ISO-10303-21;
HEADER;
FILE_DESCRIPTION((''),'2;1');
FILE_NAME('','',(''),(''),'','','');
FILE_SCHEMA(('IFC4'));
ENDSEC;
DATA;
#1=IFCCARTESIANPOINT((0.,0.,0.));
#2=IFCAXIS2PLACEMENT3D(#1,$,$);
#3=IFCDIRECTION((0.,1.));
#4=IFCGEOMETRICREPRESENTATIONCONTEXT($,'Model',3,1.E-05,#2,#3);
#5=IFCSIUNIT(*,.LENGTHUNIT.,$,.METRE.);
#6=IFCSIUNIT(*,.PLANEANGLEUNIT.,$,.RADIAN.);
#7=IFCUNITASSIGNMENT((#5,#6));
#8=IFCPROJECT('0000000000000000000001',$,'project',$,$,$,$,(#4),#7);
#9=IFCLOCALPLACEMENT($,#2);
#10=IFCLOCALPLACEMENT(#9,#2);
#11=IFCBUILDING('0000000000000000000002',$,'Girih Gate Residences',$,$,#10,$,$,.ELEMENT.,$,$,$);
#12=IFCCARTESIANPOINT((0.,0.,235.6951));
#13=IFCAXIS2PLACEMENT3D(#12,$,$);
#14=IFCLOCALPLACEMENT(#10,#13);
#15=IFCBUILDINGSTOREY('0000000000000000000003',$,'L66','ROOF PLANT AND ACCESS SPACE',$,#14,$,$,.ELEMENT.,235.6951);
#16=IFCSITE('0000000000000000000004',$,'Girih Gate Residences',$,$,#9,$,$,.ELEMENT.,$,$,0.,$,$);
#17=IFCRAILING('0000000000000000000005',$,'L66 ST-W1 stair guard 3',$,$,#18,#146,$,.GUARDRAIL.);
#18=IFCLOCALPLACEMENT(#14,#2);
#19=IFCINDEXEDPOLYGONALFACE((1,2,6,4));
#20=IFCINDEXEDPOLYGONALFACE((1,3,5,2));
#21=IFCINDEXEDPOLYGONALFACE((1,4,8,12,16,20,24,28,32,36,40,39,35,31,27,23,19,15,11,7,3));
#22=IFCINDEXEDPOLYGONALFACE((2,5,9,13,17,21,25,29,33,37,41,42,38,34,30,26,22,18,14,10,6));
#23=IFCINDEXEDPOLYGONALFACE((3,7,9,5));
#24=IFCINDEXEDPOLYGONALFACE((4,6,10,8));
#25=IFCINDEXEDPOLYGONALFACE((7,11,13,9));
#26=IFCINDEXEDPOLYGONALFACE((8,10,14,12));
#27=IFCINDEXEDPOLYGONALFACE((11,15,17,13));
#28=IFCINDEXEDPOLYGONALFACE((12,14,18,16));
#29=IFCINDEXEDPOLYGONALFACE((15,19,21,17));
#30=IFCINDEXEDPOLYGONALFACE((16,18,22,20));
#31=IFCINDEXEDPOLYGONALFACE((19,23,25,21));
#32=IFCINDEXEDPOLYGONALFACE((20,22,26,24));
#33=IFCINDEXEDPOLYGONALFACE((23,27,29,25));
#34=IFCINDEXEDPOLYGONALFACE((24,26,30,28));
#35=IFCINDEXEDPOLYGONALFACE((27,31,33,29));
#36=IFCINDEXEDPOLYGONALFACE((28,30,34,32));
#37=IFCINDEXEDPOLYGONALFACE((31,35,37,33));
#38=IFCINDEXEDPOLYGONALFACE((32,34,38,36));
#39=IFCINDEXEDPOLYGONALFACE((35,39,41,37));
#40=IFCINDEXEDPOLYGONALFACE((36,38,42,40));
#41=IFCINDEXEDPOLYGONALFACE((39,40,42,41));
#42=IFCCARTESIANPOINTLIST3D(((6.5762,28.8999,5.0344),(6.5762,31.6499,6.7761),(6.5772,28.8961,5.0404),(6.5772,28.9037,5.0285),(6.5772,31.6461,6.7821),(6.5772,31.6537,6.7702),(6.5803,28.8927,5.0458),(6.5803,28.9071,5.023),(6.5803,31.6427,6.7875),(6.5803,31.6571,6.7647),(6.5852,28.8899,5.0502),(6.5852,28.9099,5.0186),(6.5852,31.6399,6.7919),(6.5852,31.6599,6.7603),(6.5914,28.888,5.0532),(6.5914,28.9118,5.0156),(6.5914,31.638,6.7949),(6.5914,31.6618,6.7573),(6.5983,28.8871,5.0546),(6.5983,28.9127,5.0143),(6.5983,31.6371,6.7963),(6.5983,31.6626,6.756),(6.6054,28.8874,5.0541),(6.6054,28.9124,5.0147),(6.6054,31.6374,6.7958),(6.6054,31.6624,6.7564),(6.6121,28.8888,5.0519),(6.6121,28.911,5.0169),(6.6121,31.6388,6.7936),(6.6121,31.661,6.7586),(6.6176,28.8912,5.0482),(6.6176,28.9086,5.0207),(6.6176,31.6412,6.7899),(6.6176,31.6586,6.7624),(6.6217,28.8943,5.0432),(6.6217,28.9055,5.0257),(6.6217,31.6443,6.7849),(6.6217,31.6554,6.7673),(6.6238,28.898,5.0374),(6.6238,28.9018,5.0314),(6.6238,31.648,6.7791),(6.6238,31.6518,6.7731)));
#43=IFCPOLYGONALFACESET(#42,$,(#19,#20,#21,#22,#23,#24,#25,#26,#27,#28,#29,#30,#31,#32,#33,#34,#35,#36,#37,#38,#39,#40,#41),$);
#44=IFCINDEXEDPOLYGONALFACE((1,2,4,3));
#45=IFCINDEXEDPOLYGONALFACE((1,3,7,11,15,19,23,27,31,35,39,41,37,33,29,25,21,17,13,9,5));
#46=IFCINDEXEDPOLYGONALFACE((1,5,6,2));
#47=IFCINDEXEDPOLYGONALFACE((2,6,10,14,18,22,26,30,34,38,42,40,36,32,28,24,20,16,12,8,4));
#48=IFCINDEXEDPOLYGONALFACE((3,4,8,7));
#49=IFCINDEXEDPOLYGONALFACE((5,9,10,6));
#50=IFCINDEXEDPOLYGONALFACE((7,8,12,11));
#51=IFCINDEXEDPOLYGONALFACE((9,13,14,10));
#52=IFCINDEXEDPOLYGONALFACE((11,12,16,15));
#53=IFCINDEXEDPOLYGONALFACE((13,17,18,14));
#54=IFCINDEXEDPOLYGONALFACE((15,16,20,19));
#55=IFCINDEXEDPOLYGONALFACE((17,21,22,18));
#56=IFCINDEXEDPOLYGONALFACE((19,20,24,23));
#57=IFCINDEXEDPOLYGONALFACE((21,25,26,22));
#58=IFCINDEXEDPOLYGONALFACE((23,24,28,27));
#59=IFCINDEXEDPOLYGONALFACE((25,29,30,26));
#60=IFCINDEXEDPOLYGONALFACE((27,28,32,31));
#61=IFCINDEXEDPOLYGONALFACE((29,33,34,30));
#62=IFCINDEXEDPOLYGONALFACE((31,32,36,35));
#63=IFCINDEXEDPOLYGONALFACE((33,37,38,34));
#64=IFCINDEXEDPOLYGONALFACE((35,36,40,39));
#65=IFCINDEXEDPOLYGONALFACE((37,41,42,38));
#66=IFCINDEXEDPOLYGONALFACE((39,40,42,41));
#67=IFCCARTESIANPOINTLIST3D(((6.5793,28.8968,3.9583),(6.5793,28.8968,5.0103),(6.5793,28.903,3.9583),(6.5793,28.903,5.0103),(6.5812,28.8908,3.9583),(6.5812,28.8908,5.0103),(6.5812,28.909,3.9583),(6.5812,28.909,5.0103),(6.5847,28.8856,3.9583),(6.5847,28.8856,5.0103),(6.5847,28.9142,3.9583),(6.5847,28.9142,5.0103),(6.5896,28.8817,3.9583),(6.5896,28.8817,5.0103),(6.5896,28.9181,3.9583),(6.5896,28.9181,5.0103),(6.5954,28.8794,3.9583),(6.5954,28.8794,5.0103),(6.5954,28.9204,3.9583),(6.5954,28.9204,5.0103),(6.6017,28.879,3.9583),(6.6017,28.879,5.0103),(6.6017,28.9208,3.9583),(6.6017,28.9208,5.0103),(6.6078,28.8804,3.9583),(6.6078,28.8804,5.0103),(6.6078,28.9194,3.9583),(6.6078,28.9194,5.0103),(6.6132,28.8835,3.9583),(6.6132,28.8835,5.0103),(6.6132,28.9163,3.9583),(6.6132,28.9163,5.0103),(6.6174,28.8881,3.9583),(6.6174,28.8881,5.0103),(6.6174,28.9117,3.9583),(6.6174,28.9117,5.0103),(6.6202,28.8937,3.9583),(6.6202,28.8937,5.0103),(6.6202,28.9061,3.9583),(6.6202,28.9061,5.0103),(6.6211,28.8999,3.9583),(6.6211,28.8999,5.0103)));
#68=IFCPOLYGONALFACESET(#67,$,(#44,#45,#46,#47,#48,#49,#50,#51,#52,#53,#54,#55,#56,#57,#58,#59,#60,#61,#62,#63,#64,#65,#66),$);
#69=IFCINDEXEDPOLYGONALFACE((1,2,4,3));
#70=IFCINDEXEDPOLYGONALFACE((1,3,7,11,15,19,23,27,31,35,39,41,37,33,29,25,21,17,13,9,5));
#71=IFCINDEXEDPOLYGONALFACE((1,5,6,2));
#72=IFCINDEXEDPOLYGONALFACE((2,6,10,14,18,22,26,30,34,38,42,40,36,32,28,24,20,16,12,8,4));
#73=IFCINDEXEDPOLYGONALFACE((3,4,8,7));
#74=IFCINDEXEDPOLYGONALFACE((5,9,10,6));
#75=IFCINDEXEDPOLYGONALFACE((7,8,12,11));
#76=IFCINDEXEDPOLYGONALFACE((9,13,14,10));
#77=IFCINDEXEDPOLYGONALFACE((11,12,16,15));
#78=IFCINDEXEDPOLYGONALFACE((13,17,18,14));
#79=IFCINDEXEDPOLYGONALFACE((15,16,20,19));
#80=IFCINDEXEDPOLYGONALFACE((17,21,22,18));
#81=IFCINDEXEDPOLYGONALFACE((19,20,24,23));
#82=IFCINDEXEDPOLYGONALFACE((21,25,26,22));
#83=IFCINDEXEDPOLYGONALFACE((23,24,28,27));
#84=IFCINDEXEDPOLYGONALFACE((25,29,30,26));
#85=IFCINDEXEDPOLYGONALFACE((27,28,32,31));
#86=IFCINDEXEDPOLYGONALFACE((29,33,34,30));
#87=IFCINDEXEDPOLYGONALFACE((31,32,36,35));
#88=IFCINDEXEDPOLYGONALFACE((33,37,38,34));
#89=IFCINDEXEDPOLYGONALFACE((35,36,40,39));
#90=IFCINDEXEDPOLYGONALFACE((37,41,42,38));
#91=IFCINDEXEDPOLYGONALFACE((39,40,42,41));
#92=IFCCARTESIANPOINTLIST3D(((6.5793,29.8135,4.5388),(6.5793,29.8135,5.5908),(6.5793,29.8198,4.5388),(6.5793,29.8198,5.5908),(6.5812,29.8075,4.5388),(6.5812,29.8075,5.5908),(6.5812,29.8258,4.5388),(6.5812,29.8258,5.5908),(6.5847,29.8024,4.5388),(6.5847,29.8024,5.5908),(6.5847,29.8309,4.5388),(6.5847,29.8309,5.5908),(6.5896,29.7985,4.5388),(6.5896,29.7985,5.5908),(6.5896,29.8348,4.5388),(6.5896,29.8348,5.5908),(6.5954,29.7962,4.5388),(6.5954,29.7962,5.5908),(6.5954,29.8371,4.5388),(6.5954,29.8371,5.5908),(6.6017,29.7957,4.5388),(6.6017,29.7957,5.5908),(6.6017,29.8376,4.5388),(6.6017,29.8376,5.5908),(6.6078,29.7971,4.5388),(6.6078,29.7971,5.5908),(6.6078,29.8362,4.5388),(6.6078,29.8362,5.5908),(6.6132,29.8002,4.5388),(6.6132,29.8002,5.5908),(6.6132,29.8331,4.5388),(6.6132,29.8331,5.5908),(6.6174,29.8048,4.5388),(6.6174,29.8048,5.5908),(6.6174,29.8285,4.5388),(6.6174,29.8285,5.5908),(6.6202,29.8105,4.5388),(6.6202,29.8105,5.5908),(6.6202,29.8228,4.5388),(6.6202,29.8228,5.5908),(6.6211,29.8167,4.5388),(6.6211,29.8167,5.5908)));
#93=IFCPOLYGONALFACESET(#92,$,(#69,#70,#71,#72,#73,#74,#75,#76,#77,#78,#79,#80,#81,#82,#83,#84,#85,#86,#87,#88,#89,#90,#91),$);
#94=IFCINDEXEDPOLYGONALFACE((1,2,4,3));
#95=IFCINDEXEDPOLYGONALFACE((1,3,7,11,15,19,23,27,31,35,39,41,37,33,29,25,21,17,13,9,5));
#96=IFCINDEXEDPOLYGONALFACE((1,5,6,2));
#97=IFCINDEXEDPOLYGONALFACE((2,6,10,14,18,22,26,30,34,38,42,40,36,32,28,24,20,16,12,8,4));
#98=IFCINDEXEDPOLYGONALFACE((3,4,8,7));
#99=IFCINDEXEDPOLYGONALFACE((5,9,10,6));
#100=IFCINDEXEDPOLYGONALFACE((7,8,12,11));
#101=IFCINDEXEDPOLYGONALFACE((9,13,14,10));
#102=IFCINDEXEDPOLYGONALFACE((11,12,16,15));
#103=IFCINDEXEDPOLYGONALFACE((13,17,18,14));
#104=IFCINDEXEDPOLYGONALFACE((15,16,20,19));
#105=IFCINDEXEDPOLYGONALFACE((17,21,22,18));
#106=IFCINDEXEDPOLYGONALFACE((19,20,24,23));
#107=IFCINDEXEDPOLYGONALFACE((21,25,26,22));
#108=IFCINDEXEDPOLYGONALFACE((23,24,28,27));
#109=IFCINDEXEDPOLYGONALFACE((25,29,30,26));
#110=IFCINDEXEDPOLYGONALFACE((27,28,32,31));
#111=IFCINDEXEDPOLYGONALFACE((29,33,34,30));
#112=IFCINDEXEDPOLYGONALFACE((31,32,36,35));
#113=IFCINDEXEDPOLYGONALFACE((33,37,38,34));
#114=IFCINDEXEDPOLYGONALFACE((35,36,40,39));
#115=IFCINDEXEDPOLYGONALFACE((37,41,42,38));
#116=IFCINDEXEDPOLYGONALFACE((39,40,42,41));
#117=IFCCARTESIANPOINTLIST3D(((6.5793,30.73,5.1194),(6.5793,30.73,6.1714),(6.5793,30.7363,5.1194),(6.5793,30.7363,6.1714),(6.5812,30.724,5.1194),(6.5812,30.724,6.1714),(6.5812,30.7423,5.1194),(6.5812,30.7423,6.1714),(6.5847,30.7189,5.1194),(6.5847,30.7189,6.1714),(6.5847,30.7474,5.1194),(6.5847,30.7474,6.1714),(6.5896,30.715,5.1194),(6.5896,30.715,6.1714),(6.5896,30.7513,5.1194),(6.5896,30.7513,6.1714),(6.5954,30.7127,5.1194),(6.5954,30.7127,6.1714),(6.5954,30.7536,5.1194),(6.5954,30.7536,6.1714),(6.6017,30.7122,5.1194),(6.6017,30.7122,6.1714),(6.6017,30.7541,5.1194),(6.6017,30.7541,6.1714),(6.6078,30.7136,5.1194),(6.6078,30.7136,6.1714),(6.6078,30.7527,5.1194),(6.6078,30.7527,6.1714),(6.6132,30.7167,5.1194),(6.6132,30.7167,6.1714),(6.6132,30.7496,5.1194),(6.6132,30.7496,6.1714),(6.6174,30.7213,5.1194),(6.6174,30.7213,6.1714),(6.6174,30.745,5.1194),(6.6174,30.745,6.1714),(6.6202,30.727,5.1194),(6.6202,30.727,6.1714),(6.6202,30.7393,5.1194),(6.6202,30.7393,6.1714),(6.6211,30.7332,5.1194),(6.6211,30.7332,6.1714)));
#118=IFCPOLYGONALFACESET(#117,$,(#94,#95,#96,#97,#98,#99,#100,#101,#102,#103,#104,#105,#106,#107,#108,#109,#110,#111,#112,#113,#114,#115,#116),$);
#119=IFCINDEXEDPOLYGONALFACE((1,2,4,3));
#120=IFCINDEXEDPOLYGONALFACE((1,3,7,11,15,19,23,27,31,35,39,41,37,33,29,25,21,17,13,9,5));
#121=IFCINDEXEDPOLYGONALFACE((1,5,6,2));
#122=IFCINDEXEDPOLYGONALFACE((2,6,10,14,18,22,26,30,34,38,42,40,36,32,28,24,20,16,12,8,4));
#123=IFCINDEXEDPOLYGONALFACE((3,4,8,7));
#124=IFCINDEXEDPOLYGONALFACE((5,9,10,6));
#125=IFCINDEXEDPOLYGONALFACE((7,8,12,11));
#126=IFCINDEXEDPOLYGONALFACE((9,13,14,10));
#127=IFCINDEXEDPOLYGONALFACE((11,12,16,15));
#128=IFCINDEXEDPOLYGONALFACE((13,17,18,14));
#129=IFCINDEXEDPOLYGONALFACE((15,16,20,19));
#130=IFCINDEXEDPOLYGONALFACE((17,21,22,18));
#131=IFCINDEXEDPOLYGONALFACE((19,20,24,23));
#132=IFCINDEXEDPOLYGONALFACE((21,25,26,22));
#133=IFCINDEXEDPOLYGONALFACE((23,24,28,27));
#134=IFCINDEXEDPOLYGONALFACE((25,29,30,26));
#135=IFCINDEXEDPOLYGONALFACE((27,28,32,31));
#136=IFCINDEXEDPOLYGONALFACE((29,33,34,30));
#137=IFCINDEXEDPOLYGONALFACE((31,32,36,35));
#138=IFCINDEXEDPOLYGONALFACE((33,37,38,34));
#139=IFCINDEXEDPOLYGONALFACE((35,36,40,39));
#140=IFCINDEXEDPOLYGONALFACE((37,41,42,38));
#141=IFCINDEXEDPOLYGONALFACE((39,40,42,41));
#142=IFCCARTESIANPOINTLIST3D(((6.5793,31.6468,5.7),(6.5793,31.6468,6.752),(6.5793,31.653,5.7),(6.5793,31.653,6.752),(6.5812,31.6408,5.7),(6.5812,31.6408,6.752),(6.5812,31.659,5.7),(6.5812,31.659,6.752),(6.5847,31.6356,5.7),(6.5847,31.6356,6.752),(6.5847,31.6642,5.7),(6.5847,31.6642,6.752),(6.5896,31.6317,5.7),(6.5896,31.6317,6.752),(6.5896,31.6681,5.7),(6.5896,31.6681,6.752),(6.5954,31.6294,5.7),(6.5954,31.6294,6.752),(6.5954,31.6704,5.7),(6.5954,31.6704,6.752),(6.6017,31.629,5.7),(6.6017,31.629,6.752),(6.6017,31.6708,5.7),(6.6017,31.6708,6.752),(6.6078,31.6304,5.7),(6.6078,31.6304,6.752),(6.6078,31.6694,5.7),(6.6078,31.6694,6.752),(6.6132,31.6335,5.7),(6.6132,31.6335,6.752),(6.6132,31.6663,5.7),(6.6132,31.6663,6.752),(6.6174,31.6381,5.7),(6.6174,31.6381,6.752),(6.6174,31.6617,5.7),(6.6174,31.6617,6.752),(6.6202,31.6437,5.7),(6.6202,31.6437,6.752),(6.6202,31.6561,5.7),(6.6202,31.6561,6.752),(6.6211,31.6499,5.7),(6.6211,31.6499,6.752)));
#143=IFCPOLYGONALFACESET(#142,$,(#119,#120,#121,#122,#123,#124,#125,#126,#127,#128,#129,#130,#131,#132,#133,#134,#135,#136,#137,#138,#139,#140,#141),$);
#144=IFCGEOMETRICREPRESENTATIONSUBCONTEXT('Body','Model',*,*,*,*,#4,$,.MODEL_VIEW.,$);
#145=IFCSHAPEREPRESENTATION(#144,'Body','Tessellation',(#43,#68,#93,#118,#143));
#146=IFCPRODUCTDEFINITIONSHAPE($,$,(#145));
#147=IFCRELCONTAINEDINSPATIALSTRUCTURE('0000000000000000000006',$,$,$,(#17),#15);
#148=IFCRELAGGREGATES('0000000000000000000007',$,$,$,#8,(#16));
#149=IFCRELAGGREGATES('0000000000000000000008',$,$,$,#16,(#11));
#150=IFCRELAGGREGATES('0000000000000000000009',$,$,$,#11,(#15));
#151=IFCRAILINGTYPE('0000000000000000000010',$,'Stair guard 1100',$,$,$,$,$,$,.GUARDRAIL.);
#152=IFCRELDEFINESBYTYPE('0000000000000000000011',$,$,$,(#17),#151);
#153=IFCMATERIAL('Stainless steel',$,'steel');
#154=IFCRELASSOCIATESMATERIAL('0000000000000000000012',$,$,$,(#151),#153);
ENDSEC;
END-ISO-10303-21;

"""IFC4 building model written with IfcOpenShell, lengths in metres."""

from ifc_helpers import new_model, si_unit, direction, frame, origin, origin_2d, place, context, subcontext, project, spatial, circle, extrude, material, type_object, element, save


model = new_model("IFC4")

# Units and contexts
model_context = context("Model", 3, precision=1e-05, world=origin(), true_north=direction((0.0, 1.0)))
body_context = subcontext(model_context, "Body", "Model", "MODEL_VIEW")
ifc_project = project(units=[si_unit("LENGTHUNIT", "METRE"), si_unit("PLANEANGLEUNIT", "RADIAN")], contexts=[model_context])

# Site, building, storey
site_placement = place(None, origin())
site = spatial("IfcSite", under=ifc_project, at=site_placement, Name="Girih Gate Residences", CompositionType="ELEMENT", RefElevation=0.0)
building_placement = place(site_placement, origin())
building = spatial("IfcBuilding", under=site, at=building_placement, Name="Girih Gate Residences", CompositionType="ELEMENT")
storey_placement = place(building_placement, frame((0.0, 0.0, 235.6951)))
storey = spatial("IfcBuildingStorey", under=building, at=storey_placement, Name="L66", Description="ROOF PLANT AND ACCESS SPACE", CompositionType="ELEMENT", Elevation=235.6951)

# Railing
ifc_material_1 = material(Name="Stainless steel", Category="steel")
railing_type_1 = type_object("IfcRailingType", Name="Stair guard 1100", PredefinedType="GUARDRAIL", material=ifc_material_1)
for number, where, name in (
    (1, (6.6001, 28.8999, 3.9583), "L66 ST-W1 stair guard 3"),
):
    element("IfcRailing", number, at=place(storey_placement, frame(where)), inside=storey, type_object=railing_type_1, Name=name, PredefinedType="GUARDRAIL", context=body_context, shape_type="SweptSolid", body=[
        extrude(circle(Radius=0.0239, at=origin_2d()), frame((0.0, 0.0, 1.0762), z_axis=(0.0, 0.844815, 0.535059), x_axis=(-1.0, 0.0, 0.0)), (0.0, 0.0, 1.0), 3.2551),
        extrude(circle(Radius=0.021, at=origin_2d()), origin(), (0.0, 0.0, 1.0), 1.052),
        extrude(circle(Radius=0.021, at=origin_2d()), frame((0.0, 0.9167, 0.5806)), (0.0, 0.0, 1.0), 1.052),
        extrude(circle(Radius=0.021, at=origin_2d()), frame((0.0, 1.8333, 1.1611)), (0.0, 0.0, 1.0), 1.052),
        extrude(circle(Radius=0.021, at=origin_2d()), frame((0.0, 2.75, 1.7417)), (0.0, 0.0, 1.0), 1.052),
    ])

save(model, "model.ifc")
